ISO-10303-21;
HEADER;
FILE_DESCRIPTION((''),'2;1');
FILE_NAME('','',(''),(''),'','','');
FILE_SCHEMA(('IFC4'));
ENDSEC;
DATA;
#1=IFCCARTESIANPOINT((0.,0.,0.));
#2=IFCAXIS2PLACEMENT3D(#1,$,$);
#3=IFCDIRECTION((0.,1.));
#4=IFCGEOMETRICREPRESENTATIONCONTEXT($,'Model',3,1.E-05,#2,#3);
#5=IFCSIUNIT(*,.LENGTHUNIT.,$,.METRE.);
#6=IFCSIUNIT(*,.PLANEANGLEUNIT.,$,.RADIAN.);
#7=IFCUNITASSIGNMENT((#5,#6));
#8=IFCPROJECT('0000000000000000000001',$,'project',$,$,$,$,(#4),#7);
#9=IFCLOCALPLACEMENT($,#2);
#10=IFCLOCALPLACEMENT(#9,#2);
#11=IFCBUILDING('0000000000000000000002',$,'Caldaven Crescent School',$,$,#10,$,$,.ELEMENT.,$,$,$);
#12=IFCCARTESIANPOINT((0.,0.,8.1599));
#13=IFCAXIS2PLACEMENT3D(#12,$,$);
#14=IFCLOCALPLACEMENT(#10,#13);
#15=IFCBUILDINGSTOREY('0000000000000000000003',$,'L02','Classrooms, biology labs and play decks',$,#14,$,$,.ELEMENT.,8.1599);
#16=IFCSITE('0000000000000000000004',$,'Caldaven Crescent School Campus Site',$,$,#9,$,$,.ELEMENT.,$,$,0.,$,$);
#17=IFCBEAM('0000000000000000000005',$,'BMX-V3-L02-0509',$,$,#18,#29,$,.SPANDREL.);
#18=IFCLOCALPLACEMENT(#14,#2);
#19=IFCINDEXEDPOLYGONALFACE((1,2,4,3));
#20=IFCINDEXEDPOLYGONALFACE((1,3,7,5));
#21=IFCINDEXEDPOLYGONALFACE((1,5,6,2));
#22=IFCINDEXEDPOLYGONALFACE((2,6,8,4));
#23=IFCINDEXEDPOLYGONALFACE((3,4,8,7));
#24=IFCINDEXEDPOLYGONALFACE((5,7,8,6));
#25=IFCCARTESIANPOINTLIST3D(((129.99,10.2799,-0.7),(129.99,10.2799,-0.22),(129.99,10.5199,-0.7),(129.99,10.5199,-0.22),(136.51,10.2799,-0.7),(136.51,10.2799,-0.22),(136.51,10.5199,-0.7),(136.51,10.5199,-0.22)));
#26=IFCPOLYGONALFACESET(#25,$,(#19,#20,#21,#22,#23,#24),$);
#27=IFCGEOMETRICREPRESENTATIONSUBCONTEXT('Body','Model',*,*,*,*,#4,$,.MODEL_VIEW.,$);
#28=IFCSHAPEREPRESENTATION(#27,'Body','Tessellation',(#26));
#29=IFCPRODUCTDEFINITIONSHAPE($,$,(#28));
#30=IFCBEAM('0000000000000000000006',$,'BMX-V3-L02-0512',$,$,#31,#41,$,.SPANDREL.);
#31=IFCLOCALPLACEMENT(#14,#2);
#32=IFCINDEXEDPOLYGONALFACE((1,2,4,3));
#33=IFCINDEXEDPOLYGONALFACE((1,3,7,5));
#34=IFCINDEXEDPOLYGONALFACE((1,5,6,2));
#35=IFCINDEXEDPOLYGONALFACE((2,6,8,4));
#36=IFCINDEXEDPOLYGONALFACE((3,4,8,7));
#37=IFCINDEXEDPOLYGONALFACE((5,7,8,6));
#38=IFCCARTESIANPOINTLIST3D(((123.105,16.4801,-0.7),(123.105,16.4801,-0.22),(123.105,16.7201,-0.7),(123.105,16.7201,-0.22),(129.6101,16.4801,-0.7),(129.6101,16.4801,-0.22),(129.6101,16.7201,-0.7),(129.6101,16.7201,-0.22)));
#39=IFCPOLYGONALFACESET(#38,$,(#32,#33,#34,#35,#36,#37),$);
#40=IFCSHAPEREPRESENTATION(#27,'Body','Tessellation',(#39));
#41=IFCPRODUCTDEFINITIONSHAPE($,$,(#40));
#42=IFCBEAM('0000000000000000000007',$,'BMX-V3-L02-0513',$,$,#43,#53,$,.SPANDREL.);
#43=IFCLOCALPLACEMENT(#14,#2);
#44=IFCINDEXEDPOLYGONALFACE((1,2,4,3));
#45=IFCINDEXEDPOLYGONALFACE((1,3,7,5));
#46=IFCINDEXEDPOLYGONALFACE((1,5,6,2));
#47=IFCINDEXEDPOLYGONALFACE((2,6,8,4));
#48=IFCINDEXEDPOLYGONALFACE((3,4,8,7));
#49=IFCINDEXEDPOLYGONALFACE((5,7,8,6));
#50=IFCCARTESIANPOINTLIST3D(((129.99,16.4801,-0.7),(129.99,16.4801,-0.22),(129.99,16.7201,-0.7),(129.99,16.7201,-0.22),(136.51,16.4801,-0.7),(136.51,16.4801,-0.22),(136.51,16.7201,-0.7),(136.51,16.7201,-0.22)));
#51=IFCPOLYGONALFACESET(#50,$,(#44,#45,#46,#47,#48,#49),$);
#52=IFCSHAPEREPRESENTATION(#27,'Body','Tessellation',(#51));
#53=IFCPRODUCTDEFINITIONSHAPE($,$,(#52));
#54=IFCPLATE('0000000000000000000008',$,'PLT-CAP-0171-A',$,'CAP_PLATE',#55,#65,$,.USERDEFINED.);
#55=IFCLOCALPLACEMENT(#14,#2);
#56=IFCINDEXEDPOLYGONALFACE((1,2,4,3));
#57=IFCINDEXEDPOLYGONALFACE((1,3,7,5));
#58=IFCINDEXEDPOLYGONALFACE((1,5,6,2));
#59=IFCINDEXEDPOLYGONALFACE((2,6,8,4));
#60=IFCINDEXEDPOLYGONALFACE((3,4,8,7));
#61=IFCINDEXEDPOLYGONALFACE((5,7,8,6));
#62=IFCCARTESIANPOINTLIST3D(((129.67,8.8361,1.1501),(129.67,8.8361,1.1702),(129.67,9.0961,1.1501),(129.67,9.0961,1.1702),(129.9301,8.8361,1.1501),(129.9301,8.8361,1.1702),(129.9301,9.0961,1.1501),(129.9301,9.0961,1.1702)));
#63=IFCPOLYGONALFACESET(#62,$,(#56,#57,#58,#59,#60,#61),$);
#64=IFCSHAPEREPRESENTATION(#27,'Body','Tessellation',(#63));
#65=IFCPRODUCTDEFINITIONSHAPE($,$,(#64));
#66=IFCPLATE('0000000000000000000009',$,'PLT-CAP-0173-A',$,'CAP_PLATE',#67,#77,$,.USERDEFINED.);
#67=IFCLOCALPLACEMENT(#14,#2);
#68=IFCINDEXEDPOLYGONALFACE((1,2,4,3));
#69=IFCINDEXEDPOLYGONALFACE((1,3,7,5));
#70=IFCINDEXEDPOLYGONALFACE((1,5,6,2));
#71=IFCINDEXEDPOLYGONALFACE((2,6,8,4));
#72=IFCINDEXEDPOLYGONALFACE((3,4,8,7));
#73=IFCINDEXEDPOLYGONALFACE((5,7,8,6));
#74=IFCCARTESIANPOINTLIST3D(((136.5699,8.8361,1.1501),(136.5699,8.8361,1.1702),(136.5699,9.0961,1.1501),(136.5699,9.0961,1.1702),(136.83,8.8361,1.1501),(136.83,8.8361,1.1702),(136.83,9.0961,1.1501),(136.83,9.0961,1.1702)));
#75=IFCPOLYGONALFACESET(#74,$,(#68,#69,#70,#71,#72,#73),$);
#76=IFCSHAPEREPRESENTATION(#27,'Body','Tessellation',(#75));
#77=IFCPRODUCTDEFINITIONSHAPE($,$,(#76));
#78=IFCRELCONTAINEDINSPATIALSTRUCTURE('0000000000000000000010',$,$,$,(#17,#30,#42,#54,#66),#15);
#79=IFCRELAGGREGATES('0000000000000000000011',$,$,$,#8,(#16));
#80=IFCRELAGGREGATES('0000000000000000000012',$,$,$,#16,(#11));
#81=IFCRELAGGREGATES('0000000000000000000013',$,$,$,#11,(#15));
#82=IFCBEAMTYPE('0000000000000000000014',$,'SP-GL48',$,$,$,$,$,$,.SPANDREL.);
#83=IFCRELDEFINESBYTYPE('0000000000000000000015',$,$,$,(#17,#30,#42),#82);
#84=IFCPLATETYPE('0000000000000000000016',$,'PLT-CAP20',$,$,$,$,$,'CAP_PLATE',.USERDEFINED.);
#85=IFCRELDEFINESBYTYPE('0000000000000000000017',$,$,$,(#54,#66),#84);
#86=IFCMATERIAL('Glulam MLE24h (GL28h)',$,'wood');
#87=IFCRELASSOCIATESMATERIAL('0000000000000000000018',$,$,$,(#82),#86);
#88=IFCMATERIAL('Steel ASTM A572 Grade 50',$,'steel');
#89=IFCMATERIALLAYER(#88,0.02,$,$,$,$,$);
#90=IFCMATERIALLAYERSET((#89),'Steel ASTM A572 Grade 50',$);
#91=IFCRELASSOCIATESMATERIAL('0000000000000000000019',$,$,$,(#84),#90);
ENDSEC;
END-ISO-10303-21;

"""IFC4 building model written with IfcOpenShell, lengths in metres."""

from ifc_helpers import new_model, si_unit, direction, frame, origin, origin_2d, place, context, subcontext, project, spatial, rectangle, extrude, material, layer, layer_set, material_profile, profile_set, type_object, element, save


model = new_model("IFC4")

# Units and contexts
model_context = context("Model", 3, precision=1e-05, world=origin(), true_north=direction((0.0, 1.0)))
body_context = subcontext(model_context, "Body", "Model", "MODEL_VIEW")
ifc_project = project(units=[si_unit("LENGTHUNIT", "METRE"), si_unit("PLANEANGLEUNIT", "RADIAN")], contexts=[model_context])

# Site, building, storey
site_placement = place(None, origin())
site = spatial("IfcSite", under=ifc_project, at=site_placement, Name="Caldaven Crescent School Campus Site", CompositionType="ELEMENT", RefElevation=0.0)
building_placement = place(site_placement, origin())
building = spatial("IfcBuilding", under=site, at=building_placement, Name="Caldaven Crescent School", CompositionType="ELEMENT")
storey_placement = place(building_placement, frame((0.0, 0.0, 8.1599)))
storey = spatial("IfcBuildingStorey", under=building, at=storey_placement, Name="L02", Description="Classrooms, biology labs and play decks", CompositionType="ELEMENT", Elevation=8.1599)

# Shared definitions
ifc_material_1 = material(Name="Glulam MLE24h (GL28h)", Category="wood")

# Shared definitions
ifc_material_2 = material(Name="Steel ASTM A572 Grade 50", Category="steel")

# Beams
ifc_material_profile_1 = material_profile(ifc_material_1, rectangle(XDim=0.24, YDim=0.48, at=origin_2d()), Name="MLE 240x480")
ifc_profile_set_1 = profile_set([ifc_material_profile_1], Name="Glulam MLE24h (GL28h)")
beam_type_1 = type_object("IfcBeamType", Name="SP-GL48", PredefinedType="SPANDREL", material=ifc_profile_set_1)
beam_1_placement = place(storey_placement, frame((129.99, 10.3999, -0.46), z_axis=(1.0, 0.0, 0.0), x_axis=(0.0, 1.0, 0.0)))
element("IfcBeam", 1, at=beam_1_placement, inside=storey, type_object=beam_type_1, Name="BMX-V3-L02-0509", PredefinedType="SPANDREL", context=body_context, shape_type="SweptSolid", body=[
    extrude(rectangle(XDim=0.24, YDim=0.48, at=origin_2d()), origin(), (0.0, 0.0, 1.0), 6.52),
])
beam_2_placement = place(storey_placement, frame((123.105, 16.6001, -0.46), z_axis=(1.0, 0.0, 0.0), x_axis=(0.0, 1.0, 0.0)))
element("IfcBeam", 2, at=beam_2_placement, inside=storey, type_object=beam_type_1, Name="BMX-V3-L02-0512", PredefinedType="SPANDREL", context=body_context, shape_type="SweptSolid", body=[
    extrude(rectangle(XDim=0.24, YDim=0.48, at=origin_2d()), origin(), (0.0, 0.0, 1.0), 6.5051),
])
beam_3_placement = place(storey_placement, frame((129.99, 16.6001, -0.46), z_axis=(1.0, 0.0, 0.0), x_axis=(0.0, 1.0, 0.0)))
element("IfcBeam", 3, at=beam_3_placement, inside=storey, type_object=beam_type_1, Name="BMX-V3-L02-0513", PredefinedType="SPANDREL", context=body_context, shape_type="SweptSolid", body=[
    extrude(rectangle(XDim=0.24, YDim=0.48, at=origin_2d()), origin(), (0.0, 0.0, 1.0), 6.52),
])

# Plates
ifc_layer = layer(ifc_material_2, 0.02)
ifc_layer_set = layer_set([ifc_layer], Name="Steel ASTM A572 Grade 50")
plate_type = type_object("IfcPlateType", Name="PLT-CAP20", ElementType="CAP_PLATE", PredefinedType="USERDEFINED", material=ifc_layer_set)
for number, where, z_axis, x_axis, name in (
    (4, (129.8, 8.9661, 1.1501), (0.0, 0.0, 1.0), (0.0, 1.0, 0.0), "PLT-CAP-0171-A"),
    (5, (136.7, 8.9661, 1.1501), (0.0, 0.0, 1.0), (0.0, 1.0, 0.0), "PLT-CAP-0173-A"),
):
    element("IfcPlate", number, at=place(storey_placement, frame(where, z_axis=z_axis, x_axis=x_axis)), inside=storey, type_object=plate_type, Name=name, ObjectType="CAP_PLATE", PredefinedType="USERDEFINED", context=body_context, shape_type="SweptSolid", body=[
        extrude(rectangle(XDim=0.26, YDim=0.26, at=origin_2d()), origin(), (0.0, 0.0, 1.0), 0.02),
    ])

save(model, "model.ifc")
